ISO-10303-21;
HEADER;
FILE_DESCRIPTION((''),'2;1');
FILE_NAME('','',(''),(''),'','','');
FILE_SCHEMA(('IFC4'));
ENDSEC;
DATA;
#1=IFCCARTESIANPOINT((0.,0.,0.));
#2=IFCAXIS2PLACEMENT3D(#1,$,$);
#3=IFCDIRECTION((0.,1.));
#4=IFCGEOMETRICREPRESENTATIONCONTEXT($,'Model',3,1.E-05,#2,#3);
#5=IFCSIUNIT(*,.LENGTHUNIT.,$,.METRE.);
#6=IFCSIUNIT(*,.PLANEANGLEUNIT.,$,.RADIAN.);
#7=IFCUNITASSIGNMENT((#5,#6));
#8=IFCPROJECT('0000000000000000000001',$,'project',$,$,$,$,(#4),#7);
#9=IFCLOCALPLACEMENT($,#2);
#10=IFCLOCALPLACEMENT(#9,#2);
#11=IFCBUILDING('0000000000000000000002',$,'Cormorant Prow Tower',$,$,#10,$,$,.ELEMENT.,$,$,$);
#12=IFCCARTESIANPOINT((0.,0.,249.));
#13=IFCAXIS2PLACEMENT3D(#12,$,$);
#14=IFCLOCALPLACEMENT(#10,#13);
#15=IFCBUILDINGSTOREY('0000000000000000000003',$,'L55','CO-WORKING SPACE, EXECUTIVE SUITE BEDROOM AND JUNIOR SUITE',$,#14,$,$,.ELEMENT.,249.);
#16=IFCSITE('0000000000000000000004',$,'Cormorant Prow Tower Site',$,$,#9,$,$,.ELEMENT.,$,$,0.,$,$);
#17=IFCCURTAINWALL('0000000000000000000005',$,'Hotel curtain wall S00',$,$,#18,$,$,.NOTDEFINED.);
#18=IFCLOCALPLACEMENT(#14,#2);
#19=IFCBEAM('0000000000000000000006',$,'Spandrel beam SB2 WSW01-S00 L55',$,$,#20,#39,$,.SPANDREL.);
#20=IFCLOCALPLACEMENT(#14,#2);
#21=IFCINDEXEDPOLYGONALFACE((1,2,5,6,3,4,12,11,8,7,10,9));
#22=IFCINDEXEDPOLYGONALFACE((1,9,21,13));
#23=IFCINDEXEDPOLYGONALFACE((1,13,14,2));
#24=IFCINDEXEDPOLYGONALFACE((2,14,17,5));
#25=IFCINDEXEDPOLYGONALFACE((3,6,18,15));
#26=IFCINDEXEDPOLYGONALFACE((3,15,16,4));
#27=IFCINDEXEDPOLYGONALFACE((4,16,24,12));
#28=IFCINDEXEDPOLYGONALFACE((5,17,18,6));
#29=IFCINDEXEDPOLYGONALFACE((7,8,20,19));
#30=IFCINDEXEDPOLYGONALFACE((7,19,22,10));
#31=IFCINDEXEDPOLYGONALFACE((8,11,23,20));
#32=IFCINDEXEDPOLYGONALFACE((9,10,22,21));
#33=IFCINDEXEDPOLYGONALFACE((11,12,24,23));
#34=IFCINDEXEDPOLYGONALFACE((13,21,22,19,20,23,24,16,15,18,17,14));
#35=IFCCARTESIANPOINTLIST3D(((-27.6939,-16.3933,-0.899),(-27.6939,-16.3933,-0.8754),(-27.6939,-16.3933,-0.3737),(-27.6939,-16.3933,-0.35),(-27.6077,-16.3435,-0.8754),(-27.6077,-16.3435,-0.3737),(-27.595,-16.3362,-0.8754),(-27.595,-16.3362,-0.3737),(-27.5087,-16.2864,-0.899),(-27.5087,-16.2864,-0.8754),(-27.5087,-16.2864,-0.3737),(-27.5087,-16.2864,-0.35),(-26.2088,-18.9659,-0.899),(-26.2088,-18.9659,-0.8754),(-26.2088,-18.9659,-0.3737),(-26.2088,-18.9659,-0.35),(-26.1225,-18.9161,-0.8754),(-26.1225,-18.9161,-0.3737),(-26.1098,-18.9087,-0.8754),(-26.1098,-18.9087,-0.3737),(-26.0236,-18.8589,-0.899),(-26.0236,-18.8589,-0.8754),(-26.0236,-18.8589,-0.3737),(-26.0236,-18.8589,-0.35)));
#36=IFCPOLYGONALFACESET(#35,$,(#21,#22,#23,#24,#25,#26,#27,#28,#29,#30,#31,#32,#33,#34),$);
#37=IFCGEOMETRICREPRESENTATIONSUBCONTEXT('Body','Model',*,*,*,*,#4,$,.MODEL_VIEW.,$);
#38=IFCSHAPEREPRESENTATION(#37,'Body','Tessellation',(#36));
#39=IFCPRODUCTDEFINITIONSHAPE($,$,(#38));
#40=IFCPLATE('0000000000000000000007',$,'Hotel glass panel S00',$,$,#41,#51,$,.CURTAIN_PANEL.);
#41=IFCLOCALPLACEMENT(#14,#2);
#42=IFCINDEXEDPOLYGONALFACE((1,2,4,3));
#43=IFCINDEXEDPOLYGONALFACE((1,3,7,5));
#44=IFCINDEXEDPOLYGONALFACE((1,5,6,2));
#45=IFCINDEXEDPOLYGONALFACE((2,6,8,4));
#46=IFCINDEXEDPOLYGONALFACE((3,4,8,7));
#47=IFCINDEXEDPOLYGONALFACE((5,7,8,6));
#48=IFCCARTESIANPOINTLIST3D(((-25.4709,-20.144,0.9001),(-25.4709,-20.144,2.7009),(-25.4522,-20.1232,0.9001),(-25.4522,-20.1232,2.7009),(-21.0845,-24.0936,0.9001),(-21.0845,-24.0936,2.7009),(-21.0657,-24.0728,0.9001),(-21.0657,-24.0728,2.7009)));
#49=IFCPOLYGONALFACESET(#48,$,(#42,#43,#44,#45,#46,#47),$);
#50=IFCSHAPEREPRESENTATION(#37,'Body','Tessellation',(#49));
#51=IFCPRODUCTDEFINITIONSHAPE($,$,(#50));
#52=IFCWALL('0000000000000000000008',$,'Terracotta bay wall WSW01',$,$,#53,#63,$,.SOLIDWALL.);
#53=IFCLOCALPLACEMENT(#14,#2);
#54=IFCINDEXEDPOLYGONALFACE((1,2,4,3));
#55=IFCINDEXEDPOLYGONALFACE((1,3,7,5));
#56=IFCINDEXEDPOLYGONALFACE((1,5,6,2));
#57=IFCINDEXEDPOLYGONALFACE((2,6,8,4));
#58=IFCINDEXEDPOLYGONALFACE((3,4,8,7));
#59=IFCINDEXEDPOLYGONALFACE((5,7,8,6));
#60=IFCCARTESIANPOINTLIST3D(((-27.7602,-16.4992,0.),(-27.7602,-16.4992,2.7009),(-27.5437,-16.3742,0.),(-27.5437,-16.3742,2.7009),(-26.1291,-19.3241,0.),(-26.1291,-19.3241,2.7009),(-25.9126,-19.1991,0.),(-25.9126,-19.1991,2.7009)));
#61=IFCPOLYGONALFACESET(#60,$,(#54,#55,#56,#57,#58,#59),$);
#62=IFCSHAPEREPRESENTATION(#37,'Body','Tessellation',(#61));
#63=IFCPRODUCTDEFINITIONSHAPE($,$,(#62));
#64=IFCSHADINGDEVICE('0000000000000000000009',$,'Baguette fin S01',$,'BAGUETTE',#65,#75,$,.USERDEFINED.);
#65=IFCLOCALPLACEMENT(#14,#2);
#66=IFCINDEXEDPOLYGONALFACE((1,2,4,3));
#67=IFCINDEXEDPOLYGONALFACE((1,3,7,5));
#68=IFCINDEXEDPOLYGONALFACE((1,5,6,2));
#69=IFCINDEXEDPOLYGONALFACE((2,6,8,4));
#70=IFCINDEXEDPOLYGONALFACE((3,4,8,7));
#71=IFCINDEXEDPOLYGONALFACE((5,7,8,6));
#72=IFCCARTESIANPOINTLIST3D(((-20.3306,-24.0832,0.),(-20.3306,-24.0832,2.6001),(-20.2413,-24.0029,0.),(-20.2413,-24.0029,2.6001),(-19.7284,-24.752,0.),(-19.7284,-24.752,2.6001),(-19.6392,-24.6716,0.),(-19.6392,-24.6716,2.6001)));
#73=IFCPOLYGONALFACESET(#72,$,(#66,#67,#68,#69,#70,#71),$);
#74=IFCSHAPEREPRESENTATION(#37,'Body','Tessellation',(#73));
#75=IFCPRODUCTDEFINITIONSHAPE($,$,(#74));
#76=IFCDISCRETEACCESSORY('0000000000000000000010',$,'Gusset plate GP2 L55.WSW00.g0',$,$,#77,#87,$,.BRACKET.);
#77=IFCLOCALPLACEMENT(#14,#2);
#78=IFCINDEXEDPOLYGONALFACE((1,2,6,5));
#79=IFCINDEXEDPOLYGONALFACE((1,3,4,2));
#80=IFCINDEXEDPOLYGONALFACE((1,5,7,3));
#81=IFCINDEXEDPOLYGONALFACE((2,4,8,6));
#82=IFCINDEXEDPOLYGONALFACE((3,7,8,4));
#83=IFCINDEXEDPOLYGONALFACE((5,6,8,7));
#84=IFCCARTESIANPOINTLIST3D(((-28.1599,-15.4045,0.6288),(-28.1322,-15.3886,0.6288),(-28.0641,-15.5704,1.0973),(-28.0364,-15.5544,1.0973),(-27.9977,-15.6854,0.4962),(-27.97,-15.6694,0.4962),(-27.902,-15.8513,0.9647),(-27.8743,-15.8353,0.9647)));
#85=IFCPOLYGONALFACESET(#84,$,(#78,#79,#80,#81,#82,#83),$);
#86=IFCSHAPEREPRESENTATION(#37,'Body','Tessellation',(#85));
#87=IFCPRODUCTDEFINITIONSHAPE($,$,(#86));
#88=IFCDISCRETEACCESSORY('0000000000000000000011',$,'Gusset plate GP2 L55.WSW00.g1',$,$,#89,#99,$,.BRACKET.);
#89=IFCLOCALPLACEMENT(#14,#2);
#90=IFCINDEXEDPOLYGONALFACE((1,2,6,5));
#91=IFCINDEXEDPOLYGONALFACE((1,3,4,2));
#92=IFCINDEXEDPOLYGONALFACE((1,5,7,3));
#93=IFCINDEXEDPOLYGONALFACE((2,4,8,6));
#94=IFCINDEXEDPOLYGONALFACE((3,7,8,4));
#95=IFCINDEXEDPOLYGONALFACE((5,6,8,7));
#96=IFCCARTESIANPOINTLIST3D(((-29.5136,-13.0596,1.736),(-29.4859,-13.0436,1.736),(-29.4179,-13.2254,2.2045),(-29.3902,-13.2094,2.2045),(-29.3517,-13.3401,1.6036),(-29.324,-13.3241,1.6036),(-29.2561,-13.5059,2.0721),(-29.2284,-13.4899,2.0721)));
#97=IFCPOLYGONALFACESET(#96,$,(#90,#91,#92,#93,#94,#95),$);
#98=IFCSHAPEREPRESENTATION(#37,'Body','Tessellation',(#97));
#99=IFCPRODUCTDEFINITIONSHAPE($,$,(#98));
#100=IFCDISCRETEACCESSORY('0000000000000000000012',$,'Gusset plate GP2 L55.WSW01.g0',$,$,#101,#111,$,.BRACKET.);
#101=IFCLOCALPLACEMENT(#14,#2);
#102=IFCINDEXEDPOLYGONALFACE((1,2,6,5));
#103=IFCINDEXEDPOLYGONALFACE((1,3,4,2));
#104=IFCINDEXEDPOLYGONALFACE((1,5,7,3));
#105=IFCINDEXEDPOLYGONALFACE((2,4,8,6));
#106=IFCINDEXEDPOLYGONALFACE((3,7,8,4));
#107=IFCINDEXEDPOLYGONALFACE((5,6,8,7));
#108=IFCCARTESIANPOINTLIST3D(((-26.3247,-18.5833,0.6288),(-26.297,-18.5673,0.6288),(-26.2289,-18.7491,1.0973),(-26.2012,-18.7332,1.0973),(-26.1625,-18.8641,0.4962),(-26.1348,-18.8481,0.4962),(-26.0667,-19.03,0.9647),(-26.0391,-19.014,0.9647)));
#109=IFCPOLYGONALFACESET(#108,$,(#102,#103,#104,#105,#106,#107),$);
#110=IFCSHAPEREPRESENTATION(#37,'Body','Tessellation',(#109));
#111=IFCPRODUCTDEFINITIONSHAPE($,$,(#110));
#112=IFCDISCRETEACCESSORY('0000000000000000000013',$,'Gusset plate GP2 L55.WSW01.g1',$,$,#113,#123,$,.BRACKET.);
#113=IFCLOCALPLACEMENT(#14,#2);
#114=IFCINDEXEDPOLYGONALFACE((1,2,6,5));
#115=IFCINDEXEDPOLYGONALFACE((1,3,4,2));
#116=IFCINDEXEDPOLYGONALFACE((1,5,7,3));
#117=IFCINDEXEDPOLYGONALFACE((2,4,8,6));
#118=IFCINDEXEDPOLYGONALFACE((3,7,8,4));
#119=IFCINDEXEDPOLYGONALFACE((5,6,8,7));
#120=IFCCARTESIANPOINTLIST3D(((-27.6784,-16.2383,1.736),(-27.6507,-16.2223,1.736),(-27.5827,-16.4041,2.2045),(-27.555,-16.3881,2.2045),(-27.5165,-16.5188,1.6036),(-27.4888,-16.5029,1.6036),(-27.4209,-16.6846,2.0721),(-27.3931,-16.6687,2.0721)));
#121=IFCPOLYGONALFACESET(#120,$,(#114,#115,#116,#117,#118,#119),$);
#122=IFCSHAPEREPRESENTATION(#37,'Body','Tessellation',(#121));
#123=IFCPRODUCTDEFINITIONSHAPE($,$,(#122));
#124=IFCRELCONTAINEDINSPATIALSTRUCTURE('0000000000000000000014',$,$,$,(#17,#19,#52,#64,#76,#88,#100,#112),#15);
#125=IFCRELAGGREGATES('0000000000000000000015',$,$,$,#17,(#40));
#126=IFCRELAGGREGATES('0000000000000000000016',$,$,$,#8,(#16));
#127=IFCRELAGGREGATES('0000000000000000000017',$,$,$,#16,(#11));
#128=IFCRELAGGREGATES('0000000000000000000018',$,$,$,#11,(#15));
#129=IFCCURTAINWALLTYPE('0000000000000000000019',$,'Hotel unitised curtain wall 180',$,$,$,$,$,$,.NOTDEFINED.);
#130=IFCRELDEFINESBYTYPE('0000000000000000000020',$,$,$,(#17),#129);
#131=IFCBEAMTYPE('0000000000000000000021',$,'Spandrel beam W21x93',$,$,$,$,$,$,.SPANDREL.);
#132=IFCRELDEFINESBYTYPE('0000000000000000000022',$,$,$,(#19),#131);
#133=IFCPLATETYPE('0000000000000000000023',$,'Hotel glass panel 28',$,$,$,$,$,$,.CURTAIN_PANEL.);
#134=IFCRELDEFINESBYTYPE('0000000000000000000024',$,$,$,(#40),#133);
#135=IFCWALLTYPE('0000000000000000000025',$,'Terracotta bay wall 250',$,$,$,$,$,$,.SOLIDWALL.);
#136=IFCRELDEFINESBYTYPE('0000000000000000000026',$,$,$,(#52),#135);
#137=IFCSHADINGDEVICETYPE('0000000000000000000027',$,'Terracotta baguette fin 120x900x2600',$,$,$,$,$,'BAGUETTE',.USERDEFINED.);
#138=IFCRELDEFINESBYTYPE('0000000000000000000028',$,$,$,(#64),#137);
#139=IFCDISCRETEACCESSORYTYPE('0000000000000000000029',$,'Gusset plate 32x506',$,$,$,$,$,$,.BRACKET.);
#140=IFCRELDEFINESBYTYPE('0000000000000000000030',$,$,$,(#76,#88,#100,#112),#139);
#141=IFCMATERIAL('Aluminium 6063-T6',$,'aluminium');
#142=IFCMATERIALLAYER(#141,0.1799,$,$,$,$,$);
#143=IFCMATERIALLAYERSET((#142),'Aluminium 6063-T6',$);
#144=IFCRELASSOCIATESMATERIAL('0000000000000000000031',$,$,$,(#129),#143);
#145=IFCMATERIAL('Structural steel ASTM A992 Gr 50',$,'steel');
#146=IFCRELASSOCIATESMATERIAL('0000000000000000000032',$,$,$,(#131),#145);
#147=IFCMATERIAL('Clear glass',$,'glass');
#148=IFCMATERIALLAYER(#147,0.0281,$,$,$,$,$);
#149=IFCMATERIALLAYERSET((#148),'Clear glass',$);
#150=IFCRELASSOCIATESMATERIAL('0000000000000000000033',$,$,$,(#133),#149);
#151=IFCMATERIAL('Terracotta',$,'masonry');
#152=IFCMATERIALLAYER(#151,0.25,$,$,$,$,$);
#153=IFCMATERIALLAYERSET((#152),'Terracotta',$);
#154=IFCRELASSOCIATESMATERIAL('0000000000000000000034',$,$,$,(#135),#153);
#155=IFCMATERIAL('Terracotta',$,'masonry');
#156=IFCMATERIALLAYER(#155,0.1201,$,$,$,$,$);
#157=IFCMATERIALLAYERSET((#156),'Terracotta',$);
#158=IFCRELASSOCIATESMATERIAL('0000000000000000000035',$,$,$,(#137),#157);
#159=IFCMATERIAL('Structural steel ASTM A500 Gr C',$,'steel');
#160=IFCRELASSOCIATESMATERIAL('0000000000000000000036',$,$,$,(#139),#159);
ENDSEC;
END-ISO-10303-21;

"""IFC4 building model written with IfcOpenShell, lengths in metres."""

from ifc_helpers import new_model, si_unit, direction, frame, frame_2d, origin, origin_2d, place, context, subcontext, project, spatial, rectangle, i_section, extrude, material, layer, layer_set, material_profile, profile_set, type_object, element, aggregate, save


model = new_model("IFC4")

# Units and contexts
model_context = context("Model", 3, precision=1e-05, world=origin(), true_north=direction((0.0, 1.0)))
body_context = subcontext(model_context, "Body", "Model", "MODEL_VIEW")
ifc_project = project(units=[si_unit("LENGTHUNIT", "METRE"), si_unit("PLANEANGLEUNIT", "RADIAN")], contexts=[model_context])

# Site, building, storey
site_placement = place(None, origin())
site = spatial("IfcSite", under=ifc_project, at=site_placement, Name="Cormorant Prow Tower Site", CompositionType="ELEMENT", RefElevation=0.0)
building_placement = place(site_placement, origin())
building = spatial("IfcBuilding", under=site, at=building_placement, Name="Cormorant Prow Tower", CompositionType="ELEMENT")
storey_placement = place(building_placement, frame((0.0, 0.0, 249.0)))
storey = spatial("IfcBuildingStorey", under=building, at=storey_placement, Name="L55", Description="CO-WORKING SPACE, EXECUTIVE SUITE BEDROOM AND JUNIOR SUITE", CompositionType="ELEMENT", Elevation=249.0)

# Curtain wall
ifc_material_1 = material(Name="Aluminium 6063-T6", Category="aluminium")
ifc_layer_1 = layer(ifc_material_1, 0.1799)
ifc_layer_set_1 = layer_set([ifc_layer_1], Name="Aluminium 6063-T6")
curtain_wall_type = type_object("IfcCurtainWallType", Name="Hotel unitised curtain wall 180", PredefinedType="NOTDEFINED", material=ifc_layer_set_1)
curtain_wall_placement = place(storey_placement, origin())
curtain_wall = element("IfcCurtainWall", 1, at=curtain_wall_placement, inside=storey, type_object=curtain_wall_type, Name="Hotel curtain wall S00", PredefinedType="NOTDEFINED")

# Beam
ifc_material_2 = material(Name="Structural steel ASTM A992 Gr 50", Category="steel")
ifc_material_profile_1 = material_profile(ifc_material_2, i_section(OverallWidth=0.2139, OverallDepth=0.5491, WebThickness=0.0146, FlangeThickness=0.0237, at=origin_2d()), Name="W21x93")
ifc_profile_set_1 = profile_set([ifc_material_profile_1], Name="Structural steel ASTM A992 Gr 50")
beam_type = type_object("IfcBeamType", Name="Spandrel beam W21x93", PredefinedType="SPANDREL", material=ifc_profile_set_1)
for number, where, z_axis, x_axis, name in (
    (2, (-27.6013, -16.3398, -0.6245), (0.499967, -0.866045, 0.0), (0.866045, 0.499967, 0.0), "Spandrel beam SB2 WSW01-S00 L55"),
):
    element("IfcBeam", number, at=place(storey_placement, frame(where, z_axis=z_axis, x_axis=x_axis)), inside=storey, type_object=beam_type, Name=name, PredefinedType="SPANDREL", context=body_context, shape_type="SweptSolid", body=[
        extrude(i_section(OverallWidth=0.2139, OverallDepth=0.5491, WebThickness=0.0146, FlangeThickness=0.0237, at=origin_2d()), origin(), (0.0, 0.0, 1.0), 2.9705),
    ])

# Plate
ifc_material_3 = material(Name="Clear glass", Category="glass")
ifc_layer_2 = layer(ifc_material_3, 0.0281)
ifc_layer_set_2 = layer_set([ifc_layer_2], Name="Clear glass")
plate_type = type_object("IfcPlateType", Name="Hotel glass panel 28", PredefinedType="CURTAIN_PANEL", material=ifc_layer_set_2)
plate_placement = place(storey_placement, frame((-23.2683, -22.1084, 0.9001), z_axis=(0.0, 0.0, 1.0), x_axis=(0.743145, -0.669131, 0.0)))
plate = element("IfcPlate", 3, at=plate_placement, type_object=plate_type, Name="Hotel glass panel S00", PredefinedType="CURTAIN_PANEL", context=body_context, shape_type="SweptSolid", body=[
    extrude(rectangle(XDim=5.9026, YDim=0.0281, at=origin_2d()), origin(), (0.0, 0.0, 1.0), 1.8008),
])
aggregate(curtain_wall, [plate])

# Wall
ifc_material_4 = material(Name="Terracotta", Category="masonry")
ifc_layer_3 = layer(ifc_material_4, 0.25)
ifc_layer_set_3 = layer_set([ifc_layer_3], Name="Terracotta")
wall_type_1 = type_object("IfcWallType", Name="Terracotta bay wall 250", PredefinedType="SOLIDWALL", material=ifc_layer_set_3)
wall_1_placement = place(storey_placement, frame((-27.6519, -16.4368, 0.0), z_axis=(0.0, 0.0, 1.0), x_axis=(0.500027, -0.86601, 0.0)))
element("IfcWall", 4, at=wall_1_placement, inside=storey, type_object=wall_type_1, Name="Terracotta bay wall WSW01", PredefinedType="SOLIDWALL", context=body_context, shape_type="SweptSolid", body=[
    extrude(rectangle(XDim=3.262, YDim=0.25, at=frame_2d((1.6309, 0.0))), origin(), (0.0, 0.0, 1.0), 2.7009),
])

# Shading device
ifc_material_5 = material(Name="Terracotta", Category="masonry")
ifc_layer_4 = layer(ifc_material_5, 0.1201)
ifc_layer_set_4 = layer_set([ifc_layer_4], Name="Terracotta")
shading_device_type = type_object("IfcShadingDeviceType", Name="Terracotta baguette fin 120x900x2600", ElementType="BAGUETTE", PredefinedType="USERDEFINED", material=ifc_layer_set_4)
shading_device_placement = place(storey_placement, frame((-19.9849, -24.3774, 0.0), z_axis=(0.0, 0.0, 1.0), x_axis=(0.743145, 0.669131, 0.0)))
element("IfcShadingDevice", 5, at=shading_device_placement, inside=storey, type_object=shading_device_type, Name="Baguette fin S01", ObjectType="BAGUETTE", PredefinedType="USERDEFINED", context=body_context, shape_type="SweptSolid", body=[
    extrude(rectangle(XDim=0.1201, YDim=0.8999, at=origin_2d()), origin(), (0.0, 0.0, 1.0), 2.6001),
])

# Discrete accessories
ifc_material_6 = material(Name="Structural steel ASTM A500 Gr C", Category="steel")
ifc_material_profile_2 = material_profile(ifc_material_6, rectangle(XDim=0.032, YDim=0.5061, at=origin_2d()), Name="Gusset plate 32x506")
ifc_profile_set_2 = profile_set([ifc_material_profile_2], Name="Structural steel ASTM A500 Gr C")
discrete_accessory_type = type_object("IfcDiscreteAccessoryType", Name="Gusset plate 32x506", PredefinedType="BRACKET", material=ifc_profile_set_2)
discrete_accessory_1_placement = place(storey_placement, frame((-28.0981, -15.4795, 0.863), z_axis=(0.462828, -0.801584, -0.378487), x_axis=(0.86601, 0.500027, 0.0)))
element("IfcDiscreteAccessory", 6, at=discrete_accessory_1_placement, inside=storey, type_object=discrete_accessory_type, Name="Gusset plate GP2 L55.WSW00.g0", PredefinedType="BRACKET", context=body_context, shape_type="SweptSolid", body=[
    extrude(rectangle(XDim=0.032, YDim=0.5061, at=origin_2d()), origin(), (0.0, 0.0, 1.0), 0.3503),
])
discrete_accessory_2_placement = place(storey_placement, frame((-29.29, -13.415, 1.8379), z_axis=(-0.462661, 0.801806, 0.378223), x_axis=(-0.866148, -0.499788, 0.0)))
element("IfcDiscreteAccessory", 7, at=discrete_accessory_2_placement, inside=storey, type_object=discrete_accessory_type, Name="Gusset plate GP2 L55.WSW00.g1", PredefinedType="BRACKET", context=body_context, shape_type="SweptSolid", body=[
    extrude(rectangle(XDim=0.032, YDim=0.5061, at=origin_2d()), origin(), (0.0, 0.0, 1.0), 0.3499),
])
discrete_accessory_3_placement = place(storey_placement, frame((-26.2629, -18.6582, 0.863), z_axis=(0.462828, -0.801584, -0.378487), x_axis=(0.86601, 0.500027, 0.0)))
element("IfcDiscreteAccessory", 8, at=discrete_accessory_3_placement, inside=storey, type_object=discrete_accessory_type, Name="Gusset plate GP2 L55.WSW01.g0", PredefinedType="BRACKET", context=body_context, shape_type="SweptSolid", body=[
    extrude(rectangle(XDim=0.032, YDim=0.5061, at=origin_2d()), origin(), (0.0, 0.0, 1.0), 0.3503),
])
discrete_accessory_4_placement = place(storey_placement, frame((-27.4548, -16.5938, 1.8379), z_axis=(-0.462661, 0.801806, 0.378223), x_axis=(-0.866148, -0.499788, 0.0)))
element("IfcDiscreteAccessory", 9, at=discrete_accessory_4_placement, inside=storey, type_object=discrete_accessory_type, Name="Gusset plate GP2 L55.WSW01.g1", PredefinedType="BRACKET", context=body_context, shape_type="SweptSolid", body=[
    extrude(rectangle(XDim=0.032, YDim=0.5061, at=origin_2d()), origin(), (0.0, 0.0, 1.0), 0.3499),
])

save(model, "model.ifc")
